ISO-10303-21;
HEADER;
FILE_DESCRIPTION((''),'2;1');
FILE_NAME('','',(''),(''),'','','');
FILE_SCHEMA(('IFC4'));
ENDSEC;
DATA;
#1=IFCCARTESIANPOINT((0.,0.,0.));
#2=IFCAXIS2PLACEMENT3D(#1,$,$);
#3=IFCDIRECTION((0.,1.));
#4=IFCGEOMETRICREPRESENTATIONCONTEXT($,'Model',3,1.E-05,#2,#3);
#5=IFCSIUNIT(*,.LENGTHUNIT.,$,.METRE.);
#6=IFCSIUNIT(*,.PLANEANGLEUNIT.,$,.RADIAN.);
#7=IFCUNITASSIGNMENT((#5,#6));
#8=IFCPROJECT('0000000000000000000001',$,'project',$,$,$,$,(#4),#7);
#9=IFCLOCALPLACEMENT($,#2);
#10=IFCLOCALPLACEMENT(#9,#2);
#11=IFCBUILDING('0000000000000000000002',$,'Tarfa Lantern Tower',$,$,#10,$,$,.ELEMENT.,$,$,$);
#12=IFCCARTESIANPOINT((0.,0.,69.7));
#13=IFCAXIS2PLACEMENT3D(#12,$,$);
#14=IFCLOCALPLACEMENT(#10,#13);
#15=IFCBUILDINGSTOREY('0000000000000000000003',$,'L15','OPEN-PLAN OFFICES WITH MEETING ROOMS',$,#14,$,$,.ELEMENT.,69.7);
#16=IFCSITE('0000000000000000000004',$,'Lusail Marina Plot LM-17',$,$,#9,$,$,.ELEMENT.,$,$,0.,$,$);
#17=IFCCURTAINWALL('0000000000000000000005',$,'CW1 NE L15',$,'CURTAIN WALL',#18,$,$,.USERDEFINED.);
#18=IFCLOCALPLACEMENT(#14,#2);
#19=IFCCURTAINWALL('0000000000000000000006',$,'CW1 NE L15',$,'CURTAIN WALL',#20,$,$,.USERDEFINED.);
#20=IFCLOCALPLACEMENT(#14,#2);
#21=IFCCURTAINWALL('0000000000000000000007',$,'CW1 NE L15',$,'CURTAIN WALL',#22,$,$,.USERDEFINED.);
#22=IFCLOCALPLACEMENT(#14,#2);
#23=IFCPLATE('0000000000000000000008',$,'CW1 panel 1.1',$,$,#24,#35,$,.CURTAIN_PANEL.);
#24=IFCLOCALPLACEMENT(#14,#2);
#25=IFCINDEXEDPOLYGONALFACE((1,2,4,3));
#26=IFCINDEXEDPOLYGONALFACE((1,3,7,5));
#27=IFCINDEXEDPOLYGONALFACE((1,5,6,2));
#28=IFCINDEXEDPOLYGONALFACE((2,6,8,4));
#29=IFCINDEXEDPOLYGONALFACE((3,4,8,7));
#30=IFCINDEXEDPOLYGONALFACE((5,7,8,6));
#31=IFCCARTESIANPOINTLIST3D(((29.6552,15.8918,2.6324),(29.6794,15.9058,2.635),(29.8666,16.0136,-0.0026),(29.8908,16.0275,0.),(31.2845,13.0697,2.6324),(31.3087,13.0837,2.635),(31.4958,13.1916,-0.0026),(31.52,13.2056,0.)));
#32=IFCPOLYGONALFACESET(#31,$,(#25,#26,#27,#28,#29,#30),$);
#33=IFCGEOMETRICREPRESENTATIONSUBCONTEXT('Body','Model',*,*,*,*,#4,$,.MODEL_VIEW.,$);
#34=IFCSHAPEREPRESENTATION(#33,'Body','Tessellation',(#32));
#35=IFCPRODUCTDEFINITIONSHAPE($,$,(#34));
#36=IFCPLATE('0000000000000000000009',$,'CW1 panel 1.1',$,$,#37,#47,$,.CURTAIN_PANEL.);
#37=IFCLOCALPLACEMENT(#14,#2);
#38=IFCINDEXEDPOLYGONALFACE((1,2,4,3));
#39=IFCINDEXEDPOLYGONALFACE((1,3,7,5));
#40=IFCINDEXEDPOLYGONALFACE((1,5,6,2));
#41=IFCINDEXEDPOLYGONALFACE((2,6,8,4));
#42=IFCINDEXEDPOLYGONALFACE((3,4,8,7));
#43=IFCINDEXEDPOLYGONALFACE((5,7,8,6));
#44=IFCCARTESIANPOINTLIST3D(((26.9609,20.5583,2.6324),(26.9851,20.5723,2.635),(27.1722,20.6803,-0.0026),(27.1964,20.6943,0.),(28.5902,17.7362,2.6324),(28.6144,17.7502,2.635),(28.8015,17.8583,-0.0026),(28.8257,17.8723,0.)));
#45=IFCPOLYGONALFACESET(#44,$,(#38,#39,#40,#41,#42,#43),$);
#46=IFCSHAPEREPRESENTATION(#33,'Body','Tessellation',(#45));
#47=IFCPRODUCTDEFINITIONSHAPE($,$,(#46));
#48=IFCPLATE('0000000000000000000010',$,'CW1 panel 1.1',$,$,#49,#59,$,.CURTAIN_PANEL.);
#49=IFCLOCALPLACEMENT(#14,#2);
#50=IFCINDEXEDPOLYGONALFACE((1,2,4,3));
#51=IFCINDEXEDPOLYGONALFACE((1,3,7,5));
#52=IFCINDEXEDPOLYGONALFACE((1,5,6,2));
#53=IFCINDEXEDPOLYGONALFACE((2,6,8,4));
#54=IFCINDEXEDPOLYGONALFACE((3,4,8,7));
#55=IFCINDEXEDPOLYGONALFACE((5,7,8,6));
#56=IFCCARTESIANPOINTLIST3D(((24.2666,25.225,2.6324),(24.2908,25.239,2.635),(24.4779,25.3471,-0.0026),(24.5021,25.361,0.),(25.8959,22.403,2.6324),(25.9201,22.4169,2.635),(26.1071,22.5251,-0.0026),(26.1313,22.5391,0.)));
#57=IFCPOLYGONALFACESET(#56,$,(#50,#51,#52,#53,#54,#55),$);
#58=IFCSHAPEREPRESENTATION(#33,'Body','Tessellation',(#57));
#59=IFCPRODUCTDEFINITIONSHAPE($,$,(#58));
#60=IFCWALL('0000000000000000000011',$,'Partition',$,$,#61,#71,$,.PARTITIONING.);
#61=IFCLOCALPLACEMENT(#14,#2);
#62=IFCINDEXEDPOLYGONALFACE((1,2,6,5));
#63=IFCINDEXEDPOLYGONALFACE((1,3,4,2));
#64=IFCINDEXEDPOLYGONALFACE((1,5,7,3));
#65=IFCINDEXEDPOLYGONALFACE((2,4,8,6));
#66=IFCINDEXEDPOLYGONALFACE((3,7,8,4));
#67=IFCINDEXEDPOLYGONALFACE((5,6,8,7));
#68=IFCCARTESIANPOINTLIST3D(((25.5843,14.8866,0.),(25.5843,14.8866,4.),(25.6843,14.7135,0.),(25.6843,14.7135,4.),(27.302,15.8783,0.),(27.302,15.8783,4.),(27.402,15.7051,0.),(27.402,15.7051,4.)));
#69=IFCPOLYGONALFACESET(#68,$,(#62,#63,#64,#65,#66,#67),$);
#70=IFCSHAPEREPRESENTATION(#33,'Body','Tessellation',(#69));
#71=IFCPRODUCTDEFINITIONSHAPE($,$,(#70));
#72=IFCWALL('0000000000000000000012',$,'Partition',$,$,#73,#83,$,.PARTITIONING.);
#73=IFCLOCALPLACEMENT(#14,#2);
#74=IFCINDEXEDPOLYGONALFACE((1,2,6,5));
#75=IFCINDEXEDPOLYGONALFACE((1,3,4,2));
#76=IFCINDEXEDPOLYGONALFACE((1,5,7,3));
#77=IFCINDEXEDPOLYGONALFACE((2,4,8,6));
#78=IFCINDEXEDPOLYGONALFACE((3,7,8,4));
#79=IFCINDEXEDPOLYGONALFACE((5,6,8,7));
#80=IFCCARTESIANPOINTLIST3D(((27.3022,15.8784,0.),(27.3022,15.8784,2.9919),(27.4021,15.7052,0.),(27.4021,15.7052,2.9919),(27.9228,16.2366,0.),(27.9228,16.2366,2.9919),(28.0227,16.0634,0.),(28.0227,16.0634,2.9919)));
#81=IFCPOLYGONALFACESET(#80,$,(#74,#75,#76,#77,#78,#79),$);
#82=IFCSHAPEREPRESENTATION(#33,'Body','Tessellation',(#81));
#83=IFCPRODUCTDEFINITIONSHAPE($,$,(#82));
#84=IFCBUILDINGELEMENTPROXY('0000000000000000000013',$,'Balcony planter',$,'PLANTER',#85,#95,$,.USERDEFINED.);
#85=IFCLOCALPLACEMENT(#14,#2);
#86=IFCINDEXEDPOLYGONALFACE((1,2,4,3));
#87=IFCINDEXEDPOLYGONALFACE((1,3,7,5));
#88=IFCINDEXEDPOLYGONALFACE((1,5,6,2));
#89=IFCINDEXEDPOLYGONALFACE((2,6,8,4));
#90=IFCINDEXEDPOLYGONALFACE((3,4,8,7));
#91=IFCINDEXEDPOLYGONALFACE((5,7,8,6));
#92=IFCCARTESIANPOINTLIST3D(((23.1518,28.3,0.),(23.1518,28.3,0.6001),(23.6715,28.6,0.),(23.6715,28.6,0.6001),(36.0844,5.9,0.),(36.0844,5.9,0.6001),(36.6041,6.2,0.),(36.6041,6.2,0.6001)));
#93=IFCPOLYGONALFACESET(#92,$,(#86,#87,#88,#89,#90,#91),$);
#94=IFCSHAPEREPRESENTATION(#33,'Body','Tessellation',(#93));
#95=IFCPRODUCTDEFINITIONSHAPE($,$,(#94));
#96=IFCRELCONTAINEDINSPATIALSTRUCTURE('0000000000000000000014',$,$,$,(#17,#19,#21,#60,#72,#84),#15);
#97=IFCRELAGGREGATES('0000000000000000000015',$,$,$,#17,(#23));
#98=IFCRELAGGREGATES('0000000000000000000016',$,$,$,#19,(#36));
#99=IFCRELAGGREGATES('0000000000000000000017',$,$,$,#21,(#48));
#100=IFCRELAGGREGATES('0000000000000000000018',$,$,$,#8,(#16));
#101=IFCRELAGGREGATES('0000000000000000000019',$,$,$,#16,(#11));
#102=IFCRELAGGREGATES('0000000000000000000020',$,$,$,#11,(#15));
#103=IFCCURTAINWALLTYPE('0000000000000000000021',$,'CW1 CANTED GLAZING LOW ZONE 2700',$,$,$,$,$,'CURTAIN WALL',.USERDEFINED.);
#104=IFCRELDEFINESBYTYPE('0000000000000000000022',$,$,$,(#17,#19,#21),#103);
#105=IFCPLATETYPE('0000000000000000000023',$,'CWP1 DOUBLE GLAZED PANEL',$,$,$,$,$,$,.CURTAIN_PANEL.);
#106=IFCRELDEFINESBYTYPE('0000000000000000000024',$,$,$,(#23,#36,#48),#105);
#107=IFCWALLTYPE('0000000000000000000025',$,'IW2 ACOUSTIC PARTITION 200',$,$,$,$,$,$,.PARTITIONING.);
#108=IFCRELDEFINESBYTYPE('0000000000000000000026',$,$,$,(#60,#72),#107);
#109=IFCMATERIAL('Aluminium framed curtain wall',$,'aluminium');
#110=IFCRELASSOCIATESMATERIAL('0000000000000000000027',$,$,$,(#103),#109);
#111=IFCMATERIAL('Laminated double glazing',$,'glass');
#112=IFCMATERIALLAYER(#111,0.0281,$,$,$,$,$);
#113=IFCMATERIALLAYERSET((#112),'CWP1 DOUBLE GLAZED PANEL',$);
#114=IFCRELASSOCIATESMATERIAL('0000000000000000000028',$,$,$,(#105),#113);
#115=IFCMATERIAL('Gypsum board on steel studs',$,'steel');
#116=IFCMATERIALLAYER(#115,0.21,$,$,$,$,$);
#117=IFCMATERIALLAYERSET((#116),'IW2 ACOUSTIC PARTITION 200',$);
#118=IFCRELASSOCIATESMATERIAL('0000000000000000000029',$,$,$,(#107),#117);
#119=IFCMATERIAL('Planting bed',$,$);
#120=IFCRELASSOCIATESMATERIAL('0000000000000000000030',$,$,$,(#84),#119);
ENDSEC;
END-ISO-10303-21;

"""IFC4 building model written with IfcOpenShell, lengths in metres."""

from ifc_helpers import new_model, si_unit, direction, frame, frame_2d, origin, origin_2d, place, context, subcontext, project, spatial, polyline, rectangle, outline, extrude, material, layer, layer_set, type_object, element, aggregate, save


model = new_model("IFC4")

# Units and contexts
model_context = context("Model", 3, precision=1e-05, world=origin(), true_north=direction((0.0, 1.0)))
body_context = subcontext(model_context, "Body", "Model", "MODEL_VIEW")
ifc_project = project(units=[si_unit("LENGTHUNIT", "METRE"), si_unit("PLANEANGLEUNIT", "RADIAN")], contexts=[model_context])

# Site, building, storey
site_placement = place(None, origin())
site = spatial("IfcSite", under=ifc_project, at=site_placement, Name="Lusail Marina Plot LM-17", CompositionType="ELEMENT", RefElevation=0.0)
building_placement = place(site_placement, origin())
building = spatial("IfcBuilding", under=site, at=building_placement, Name="Tarfa Lantern Tower", CompositionType="ELEMENT")
storey_placement = place(building_placement, frame((0.0, 0.0, 69.7)))
storey = spatial("IfcBuildingStorey", under=building, at=storey_placement, Name="L15", Description="OPEN-PLAN OFFICES WITH MEETING ROOMS", CompositionType="ELEMENT", Elevation=69.7)

# Curtain walls
ifc_material_1 = material(Name="Aluminium framed curtain wall", Category="aluminium")
curtain_wall_type = type_object("IfcCurtainWallType", Name="CW1 CANTED GLAZING LOW ZONE 2700", ElementType="CURTAIN WALL", PredefinedType="USERDEFINED", material=ifc_material_1)
curtain_wall_1_placement = place(storey_placement, origin())
curtain_wall_1 = element("IfcCurtainWall", 1, at=curtain_wall_1_placement, inside=storey, type_object=curtain_wall_type, Name="CW1 NE L15", ObjectType="CURTAIN WALL", PredefinedType="USERDEFINED")
curtain_wall_2_placement = place(storey_placement, origin())
curtain_wall_2 = element("IfcCurtainWall", 2, at=curtain_wall_2_placement, inside=storey, type_object=curtain_wall_type, Name="CW1 NE L15", ObjectType="CURTAIN WALL", PredefinedType="USERDEFINED")
curtain_wall_3_placement = place(storey_placement, origin())
curtain_wall_3 = element("IfcCurtainWall", 3, at=curtain_wall_3_placement, inside=storey, type_object=curtain_wall_type, Name="CW1 NE L15", ObjectType="CURTAIN WALL", PredefinedType="USERDEFINED")

# Plates
ifc_material_2 = material(Name="Laminated double glazing", Category="glass")
ifc_layer_1 = layer(ifc_material_2, 0.0281)
ifc_layer_set_1 = layer_set([ifc_layer_1], Name="CWP1 DOUBLE GLAZED PANEL")
plate_type = type_object("IfcPlateType", Name="CWP1 DOUBLE GLAZED PANEL", PredefinedType="CURTAIN_PANEL", material=ifc_layer_set_1)
plate_1_placement = place(storey_placement, frame((31.52, 13.2056, 0.0), z_axis=(0.862342, 0.497867, 0.09217), x_axis=(-0.499995, 0.866029, -0.000003)))
plate_1 = element("IfcPlate", 4, at=plate_1_placement, type_object=plate_type, Name="CW1 panel 1.1", PredefinedType="CURTAIN_PANEL", context=body_context, shape_type="SweptSolid", body=[
    extrude(outline(polyline([(0.0, 0.0), (3.2585, 0.0), (3.2587, 2.6463), (0.0001, 2.6463), (0.0, 0.0)])), origin(), (0.0, 0.0, -1.0), 0.0281),
])
aggregate(curtain_wall_1, [plate_1])
plate_2_placement = place(storey_placement, frame((28.8257, 17.8723, 0.0), z_axis=(0.862338, 0.497864, 0.092216), x_axis=(-0.499995, 0.866029, -0.000003)))
plate_2 = element("IfcPlate", 5, at=plate_2_placement, type_object=plate_type, Name="CW1 panel 1.1", PredefinedType="CURTAIN_PANEL", context=body_context, shape_type="SweptSolid", body=[
    extrude(outline(polyline([(0.0, 0.0), (3.2585, 0.0), (3.2585, 2.6463), (-0.0001, 2.6463), (0.0, 0.0)])), origin(), (0.0, 0.0, -1.0), 0.0281),
])
aggregate(curtain_wall_2, [plate_2])
plate_3_placement = place(storey_placement, frame((26.1313, 22.5391, 0.0), z_axis=(0.862338, 0.497864, 0.092216), x_axis=(-0.499995, 0.866029, -0.000003)))
plate_3 = element("IfcPlate", 6, at=plate_3_placement, type_object=plate_type, Name="CW1 panel 1.1", PredefinedType="CURTAIN_PANEL", context=body_context, shape_type="SweptSolid", body=[
    extrude(outline(polyline([(0.0, 0.0), (3.2585, 0.0), (3.2585, 2.6463), (-0.0001, 2.6463), (0.0, 0.0)])), origin(), (0.0, 0.0, -1.0), 0.0281),
])
aggregate(curtain_wall_3, [plate_3])

# Walls
ifc_material_3 = material(Name="Gypsum board on steel studs", Category="steel")
ifc_layer_2 = layer(ifc_material_3, 0.21)
ifc_layer_set_2 = layer_set([ifc_layer_2], Name="IW2 ACOUSTIC PARTITION 200")
wall_type = type_object("IfcWallType", Name="IW2 ACOUSTIC PARTITION 200", PredefinedType="PARTITIONING", material=ifc_layer_set_2)
wall_1_placement = place(storey_placement, frame((25.6343, 14.8, 0.0), z_axis=(0.0, 0.0, 1.0), x_axis=(0.866038, 0.499978, 0.0)))
element("IfcWall", 7, at=wall_1_placement, inside=storey, type_object=wall_type, Name="Partition", PredefinedType="PARTITIONING", context=body_context, shape_type="SweptSolid", body=[
    extrude(rectangle(XDim=1.9834, YDim=0.2, at=frame_2d((0.9917, 0.0))), origin(), (0.0, 0.0, 1.0), 4.0),
])
wall_2_placement = place(storey_placement, frame((27.3521, 15.7917, 0.0), z_axis=(0.0, 0.0, 1.0), x_axis=(0.866118, 0.49984, 0.0)))
element("IfcWall", 8, at=wall_2_placement, inside=storey, type_object=wall_type, Name="Partition", PredefinedType="PARTITIONING", context=body_context, shape_type="SweptSolid", body=[
    extrude(rectangle(XDim=0.7166, YDim=0.2, at=frame_2d((0.3584, 0.0))), origin(), (0.0, 0.0, 1.0), 2.9919),
])

# Building element proxy
ifc_material_4 = material(Name="Planting bed")
proxy_placement = place(storey_placement, frame((29.8779, 17.25, 0.0), z_axis=(0.0, 0.0, 1.0), x_axis=(-0.5, 0.866025, 0.0)))
element("IfcBuildingElementProxy", 9, at=proxy_placement, inside=storey, material=ifc_material_4, Name="Balcony planter", ObjectType="PLANTER", PredefinedType="USERDEFINED", context=body_context, shape_type="SweptSolid", body=[
    extrude(rectangle(XDim=25.8652, YDim=0.6001, at=origin_2d()), origin(), (0.0, 0.0, 1.0), 0.6001),
])

save(model, "model.ifc")
